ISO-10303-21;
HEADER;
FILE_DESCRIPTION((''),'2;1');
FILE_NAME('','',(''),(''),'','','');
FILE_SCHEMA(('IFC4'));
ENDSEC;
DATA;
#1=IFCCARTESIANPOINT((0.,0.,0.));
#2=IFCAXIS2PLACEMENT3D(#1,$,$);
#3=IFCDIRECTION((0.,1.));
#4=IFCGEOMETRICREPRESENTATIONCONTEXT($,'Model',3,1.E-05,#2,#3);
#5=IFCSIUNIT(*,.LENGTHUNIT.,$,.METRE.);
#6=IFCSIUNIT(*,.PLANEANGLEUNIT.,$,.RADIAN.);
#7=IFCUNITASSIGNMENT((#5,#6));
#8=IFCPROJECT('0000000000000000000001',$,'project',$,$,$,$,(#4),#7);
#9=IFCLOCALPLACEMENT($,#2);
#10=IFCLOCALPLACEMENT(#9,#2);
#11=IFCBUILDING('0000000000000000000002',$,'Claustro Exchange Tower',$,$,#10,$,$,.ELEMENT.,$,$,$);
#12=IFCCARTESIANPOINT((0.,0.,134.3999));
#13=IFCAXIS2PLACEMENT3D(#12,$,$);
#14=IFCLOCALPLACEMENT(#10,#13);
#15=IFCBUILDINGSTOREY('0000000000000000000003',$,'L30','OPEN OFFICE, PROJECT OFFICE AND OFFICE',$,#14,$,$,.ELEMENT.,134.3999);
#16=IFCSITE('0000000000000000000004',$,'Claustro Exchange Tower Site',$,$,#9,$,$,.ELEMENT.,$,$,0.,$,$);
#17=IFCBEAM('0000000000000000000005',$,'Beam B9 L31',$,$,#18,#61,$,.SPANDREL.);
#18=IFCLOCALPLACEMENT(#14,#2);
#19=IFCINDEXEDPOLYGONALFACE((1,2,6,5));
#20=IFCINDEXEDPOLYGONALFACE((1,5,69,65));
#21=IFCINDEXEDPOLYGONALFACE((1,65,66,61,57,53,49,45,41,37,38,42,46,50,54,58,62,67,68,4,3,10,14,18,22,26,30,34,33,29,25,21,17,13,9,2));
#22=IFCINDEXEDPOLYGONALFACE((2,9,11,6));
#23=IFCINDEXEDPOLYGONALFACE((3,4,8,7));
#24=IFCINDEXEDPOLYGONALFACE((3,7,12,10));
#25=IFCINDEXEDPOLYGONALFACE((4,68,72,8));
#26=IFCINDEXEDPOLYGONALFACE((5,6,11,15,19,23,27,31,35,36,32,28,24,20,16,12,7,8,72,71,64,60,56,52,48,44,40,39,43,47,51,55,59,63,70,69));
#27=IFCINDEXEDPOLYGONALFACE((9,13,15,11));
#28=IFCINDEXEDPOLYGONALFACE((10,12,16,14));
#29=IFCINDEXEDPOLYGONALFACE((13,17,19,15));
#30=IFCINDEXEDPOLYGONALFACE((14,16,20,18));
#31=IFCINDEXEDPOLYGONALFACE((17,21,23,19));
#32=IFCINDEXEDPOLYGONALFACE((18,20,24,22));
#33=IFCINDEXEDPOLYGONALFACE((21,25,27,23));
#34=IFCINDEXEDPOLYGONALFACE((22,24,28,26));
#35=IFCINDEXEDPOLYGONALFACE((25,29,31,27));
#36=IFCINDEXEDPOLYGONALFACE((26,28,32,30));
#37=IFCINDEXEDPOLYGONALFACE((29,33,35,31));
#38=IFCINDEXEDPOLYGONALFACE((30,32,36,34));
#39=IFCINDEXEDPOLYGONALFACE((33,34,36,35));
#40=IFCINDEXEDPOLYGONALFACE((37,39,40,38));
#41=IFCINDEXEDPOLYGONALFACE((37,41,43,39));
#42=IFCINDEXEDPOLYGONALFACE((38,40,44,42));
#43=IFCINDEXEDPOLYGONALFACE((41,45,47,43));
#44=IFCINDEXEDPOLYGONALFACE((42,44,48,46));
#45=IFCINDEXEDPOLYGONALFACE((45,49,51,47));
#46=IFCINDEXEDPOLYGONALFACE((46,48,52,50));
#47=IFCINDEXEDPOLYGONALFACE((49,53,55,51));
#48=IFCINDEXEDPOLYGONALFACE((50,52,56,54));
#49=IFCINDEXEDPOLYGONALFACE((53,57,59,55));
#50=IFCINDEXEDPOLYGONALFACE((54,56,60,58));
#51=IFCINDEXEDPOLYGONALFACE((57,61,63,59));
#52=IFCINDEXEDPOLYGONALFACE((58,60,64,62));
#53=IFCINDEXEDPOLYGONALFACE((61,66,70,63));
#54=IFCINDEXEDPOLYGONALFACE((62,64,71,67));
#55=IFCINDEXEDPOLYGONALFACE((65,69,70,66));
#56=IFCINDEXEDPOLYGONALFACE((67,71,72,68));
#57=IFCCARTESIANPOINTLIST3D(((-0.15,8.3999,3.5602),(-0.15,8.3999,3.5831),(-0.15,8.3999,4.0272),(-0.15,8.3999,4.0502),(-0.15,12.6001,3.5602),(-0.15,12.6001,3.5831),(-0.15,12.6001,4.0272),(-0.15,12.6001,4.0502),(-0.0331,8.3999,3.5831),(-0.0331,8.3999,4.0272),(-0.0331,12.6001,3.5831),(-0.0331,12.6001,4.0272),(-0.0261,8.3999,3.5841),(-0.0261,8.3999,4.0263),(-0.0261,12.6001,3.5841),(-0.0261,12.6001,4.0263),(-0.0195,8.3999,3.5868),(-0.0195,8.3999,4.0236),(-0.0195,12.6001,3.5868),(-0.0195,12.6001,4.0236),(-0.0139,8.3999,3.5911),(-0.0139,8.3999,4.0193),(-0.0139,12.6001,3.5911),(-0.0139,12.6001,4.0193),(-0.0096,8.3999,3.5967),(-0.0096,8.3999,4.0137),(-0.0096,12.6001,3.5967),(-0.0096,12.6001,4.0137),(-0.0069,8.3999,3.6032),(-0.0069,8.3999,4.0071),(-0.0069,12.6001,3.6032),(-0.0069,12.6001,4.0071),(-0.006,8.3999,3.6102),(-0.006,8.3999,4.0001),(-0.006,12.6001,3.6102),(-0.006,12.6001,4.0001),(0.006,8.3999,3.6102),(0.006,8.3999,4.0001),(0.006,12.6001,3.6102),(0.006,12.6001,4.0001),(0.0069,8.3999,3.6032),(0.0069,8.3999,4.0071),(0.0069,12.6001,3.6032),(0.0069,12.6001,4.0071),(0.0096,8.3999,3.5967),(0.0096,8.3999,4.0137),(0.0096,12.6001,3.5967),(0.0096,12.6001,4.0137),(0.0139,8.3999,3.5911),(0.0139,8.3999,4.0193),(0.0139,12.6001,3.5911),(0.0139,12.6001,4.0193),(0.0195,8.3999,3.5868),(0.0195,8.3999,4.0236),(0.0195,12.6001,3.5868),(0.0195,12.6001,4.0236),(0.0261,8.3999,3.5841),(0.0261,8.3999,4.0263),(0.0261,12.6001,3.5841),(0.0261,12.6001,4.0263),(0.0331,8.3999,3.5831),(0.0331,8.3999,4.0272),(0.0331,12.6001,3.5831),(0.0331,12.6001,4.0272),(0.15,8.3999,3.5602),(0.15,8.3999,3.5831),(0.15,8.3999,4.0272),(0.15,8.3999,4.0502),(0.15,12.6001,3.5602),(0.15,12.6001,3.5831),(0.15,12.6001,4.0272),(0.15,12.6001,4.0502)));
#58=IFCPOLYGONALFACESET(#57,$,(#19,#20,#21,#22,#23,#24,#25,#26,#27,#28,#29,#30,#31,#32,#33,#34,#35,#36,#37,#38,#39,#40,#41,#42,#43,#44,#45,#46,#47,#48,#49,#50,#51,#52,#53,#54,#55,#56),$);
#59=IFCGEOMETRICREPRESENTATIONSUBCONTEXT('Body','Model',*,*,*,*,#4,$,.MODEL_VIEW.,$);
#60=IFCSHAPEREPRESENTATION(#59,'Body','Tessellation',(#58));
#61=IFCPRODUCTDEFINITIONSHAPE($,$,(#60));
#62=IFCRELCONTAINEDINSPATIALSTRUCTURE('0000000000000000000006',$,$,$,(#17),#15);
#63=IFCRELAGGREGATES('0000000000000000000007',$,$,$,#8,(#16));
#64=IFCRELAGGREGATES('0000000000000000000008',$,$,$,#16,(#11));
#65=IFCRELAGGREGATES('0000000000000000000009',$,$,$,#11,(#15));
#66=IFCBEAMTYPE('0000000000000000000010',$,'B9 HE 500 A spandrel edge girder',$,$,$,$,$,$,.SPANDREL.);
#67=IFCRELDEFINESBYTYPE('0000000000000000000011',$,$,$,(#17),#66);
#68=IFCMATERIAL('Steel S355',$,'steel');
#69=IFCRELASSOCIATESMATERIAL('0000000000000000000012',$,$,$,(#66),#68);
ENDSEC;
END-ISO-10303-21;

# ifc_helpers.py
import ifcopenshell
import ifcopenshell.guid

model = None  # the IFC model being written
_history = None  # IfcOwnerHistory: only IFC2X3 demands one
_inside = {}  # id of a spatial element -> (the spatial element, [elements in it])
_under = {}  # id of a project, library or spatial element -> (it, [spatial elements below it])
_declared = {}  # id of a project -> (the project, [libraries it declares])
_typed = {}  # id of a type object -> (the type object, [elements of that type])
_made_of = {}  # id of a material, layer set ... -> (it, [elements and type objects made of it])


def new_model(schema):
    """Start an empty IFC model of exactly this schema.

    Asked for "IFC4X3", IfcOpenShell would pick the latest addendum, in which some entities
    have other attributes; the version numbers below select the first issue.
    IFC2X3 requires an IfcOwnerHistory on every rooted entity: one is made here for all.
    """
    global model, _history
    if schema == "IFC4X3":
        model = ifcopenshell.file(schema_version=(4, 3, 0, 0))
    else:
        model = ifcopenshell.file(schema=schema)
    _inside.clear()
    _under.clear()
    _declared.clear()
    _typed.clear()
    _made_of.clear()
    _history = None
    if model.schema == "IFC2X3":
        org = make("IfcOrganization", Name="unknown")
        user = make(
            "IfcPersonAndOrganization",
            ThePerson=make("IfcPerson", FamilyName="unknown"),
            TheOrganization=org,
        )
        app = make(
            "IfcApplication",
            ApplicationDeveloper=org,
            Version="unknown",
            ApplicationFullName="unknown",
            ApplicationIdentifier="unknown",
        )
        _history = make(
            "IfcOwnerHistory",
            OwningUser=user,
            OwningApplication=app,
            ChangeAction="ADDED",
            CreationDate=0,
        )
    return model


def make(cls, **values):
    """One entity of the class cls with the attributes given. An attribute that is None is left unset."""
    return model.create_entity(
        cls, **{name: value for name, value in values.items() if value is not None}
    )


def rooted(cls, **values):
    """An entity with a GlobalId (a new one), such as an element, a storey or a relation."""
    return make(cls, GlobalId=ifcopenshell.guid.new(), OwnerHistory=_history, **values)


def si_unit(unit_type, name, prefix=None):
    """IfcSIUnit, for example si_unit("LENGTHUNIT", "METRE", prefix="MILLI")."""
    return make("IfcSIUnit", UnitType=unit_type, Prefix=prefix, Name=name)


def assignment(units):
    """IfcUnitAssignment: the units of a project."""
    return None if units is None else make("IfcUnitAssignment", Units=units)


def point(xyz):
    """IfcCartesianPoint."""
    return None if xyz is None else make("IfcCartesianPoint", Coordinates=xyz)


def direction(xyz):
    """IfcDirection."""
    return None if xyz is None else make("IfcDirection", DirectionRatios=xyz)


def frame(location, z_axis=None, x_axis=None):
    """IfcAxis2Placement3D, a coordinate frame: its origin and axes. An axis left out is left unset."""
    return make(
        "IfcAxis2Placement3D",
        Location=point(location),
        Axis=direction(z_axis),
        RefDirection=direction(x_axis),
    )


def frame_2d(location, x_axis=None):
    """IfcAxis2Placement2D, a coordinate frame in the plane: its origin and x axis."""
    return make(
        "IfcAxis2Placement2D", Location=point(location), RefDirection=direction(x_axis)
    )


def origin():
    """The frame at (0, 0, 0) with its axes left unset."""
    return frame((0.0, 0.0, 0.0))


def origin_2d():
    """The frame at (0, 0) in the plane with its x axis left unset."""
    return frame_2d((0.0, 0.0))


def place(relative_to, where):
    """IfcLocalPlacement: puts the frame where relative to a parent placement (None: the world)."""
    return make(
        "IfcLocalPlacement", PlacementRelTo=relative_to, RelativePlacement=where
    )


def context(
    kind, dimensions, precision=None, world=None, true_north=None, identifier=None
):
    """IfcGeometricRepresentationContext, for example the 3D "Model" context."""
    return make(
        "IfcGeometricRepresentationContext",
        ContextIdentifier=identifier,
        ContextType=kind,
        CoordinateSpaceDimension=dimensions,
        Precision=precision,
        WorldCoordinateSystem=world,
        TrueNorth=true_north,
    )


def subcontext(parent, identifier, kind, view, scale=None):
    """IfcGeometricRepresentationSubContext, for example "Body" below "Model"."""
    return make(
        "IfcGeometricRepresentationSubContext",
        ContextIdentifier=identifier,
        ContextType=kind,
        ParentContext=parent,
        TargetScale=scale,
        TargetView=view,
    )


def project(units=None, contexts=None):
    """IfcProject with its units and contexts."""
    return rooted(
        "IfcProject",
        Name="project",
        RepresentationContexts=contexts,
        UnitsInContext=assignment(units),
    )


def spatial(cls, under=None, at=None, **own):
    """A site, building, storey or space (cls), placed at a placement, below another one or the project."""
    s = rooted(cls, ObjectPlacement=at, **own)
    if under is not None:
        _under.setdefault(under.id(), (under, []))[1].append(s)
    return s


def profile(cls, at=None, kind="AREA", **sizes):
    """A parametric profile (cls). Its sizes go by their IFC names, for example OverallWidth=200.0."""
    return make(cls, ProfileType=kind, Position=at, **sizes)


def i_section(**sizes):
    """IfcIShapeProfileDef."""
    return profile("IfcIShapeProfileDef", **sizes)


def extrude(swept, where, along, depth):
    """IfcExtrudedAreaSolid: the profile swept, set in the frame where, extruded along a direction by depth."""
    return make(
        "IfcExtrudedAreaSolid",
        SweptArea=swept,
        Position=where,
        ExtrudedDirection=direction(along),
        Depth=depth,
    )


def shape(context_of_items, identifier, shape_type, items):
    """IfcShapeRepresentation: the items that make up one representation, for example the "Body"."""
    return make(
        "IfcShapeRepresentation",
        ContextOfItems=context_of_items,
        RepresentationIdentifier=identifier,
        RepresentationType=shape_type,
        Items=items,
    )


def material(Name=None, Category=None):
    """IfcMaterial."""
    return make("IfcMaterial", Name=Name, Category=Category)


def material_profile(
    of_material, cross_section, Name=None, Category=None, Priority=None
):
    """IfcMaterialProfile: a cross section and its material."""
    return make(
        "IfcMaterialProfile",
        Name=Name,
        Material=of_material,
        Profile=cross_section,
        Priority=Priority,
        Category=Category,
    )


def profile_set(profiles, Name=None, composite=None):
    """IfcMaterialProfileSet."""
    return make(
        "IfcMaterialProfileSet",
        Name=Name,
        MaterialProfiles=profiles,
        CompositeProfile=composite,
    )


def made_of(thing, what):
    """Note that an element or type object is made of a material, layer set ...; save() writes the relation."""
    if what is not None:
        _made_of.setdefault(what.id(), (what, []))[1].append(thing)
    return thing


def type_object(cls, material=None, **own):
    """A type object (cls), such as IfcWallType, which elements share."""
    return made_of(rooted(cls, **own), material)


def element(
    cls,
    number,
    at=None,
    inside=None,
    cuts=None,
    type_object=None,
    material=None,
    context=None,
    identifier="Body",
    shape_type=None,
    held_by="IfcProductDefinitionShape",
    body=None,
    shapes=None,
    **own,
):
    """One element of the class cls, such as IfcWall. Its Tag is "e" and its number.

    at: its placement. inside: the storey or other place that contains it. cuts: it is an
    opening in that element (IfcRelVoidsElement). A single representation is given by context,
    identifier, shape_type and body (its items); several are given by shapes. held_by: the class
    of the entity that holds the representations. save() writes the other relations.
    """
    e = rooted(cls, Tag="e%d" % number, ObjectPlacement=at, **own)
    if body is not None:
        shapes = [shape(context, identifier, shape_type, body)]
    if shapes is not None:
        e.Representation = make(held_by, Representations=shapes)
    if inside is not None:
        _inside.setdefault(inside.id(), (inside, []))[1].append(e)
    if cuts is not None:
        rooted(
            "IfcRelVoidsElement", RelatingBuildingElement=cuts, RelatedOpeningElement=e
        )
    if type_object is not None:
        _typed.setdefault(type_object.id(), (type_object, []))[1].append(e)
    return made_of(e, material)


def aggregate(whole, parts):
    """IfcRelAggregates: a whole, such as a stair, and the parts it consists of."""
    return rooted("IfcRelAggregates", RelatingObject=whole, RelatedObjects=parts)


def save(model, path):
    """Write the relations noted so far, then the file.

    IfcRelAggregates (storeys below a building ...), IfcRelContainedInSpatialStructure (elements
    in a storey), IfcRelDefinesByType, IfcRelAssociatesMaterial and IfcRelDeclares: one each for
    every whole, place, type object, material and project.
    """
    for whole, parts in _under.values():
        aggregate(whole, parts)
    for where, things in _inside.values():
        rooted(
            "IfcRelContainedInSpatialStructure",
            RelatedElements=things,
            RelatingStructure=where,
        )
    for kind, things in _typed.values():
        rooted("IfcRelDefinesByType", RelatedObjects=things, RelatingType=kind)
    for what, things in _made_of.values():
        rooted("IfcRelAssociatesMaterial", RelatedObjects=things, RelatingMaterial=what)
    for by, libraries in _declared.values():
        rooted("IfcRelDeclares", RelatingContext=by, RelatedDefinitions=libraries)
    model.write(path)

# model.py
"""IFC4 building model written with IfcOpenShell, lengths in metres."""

from ifc_helpers import new_model, si_unit, direction, frame, origin, origin_2d, place, context, subcontext, project, spatial, i_section, extrude, material, material_profile, profile_set, type_object, element, save


model = new_model("IFC4")

# Units and contexts
model_context = context("Model", 3, precision=1e-05, world=origin(), true_north=direction((0.0, 1.0)))
body_context = subcontext(model_context, "Body", "Model", "MODEL_VIEW")
ifc_project = project(units=[si_unit("LENGTHUNIT", "METRE"), si_unit("PLANEANGLEUNIT", "RADIAN")], contexts=[model_context])

# Site, building, storey
site_placement = place(None, origin())
site = spatial("IfcSite", under=ifc_project, at=site_placement, Name="Claustro Exchange Tower Site", CompositionType="ELEMENT", RefElevation=0.0)
building_placement = place(site_placement, origin())
building = spatial("IfcBuilding", under=site, at=building_placement, Name="Claustro Exchange Tower", CompositionType="ELEMENT")
storey_placement = place(building_placement, frame((0.0, 0.0, 134.3999)))
storey = spatial("IfcBuildingStorey", under=building, at=storey_placement, Name="L30", Description="OPEN OFFICE, PROJECT OFFICE AND OFFICE", CompositionType="ELEMENT", Elevation=134.3999)

# Beam
ifc_material_1 = material(Name="Steel S355", Category="steel")
ifc_material_profile_1 = material_profile(ifc_material_1, i_section(OverallWidth=0.3, OverallDepth=0.49, WebThickness=0.012, FlangeThickness=0.0229, FilletRadius=0.0271, at=origin_2d()), Name="HE 500 A")
ifc_profile_set_1 = profile_set([ifc_material_profile_1], Name="Steel S355")
beam_type_1 = type_object("IfcBeamType", Name="B9 HE 500 A spandrel edge girder", PredefinedType="SPANDREL", material=ifc_profile_set_1)
beam_1_placement = place(storey_placement, frame((0.0, 8.3999, 3.8052), z_axis=(0.0, 1.0, 0.0), x_axis=(-1.0, 0.0, 0.0)))
element("IfcBeam", 1, at=beam_1_placement, inside=storey, type_object=beam_type_1, Name="Beam B9 L31", PredefinedType="SPANDREL", context=body_context, shape_type="SweptSolid", body=[
    extrude(i_section(OverallWidth=0.3, OverallDepth=0.49, WebThickness=0.012, FlangeThickness=0.0229, FilletRadius=0.0271, at=origin_2d()), origin(), (0.0, 0.0, 1.0), 4.2002),
])

save(model, "model.ifc")
